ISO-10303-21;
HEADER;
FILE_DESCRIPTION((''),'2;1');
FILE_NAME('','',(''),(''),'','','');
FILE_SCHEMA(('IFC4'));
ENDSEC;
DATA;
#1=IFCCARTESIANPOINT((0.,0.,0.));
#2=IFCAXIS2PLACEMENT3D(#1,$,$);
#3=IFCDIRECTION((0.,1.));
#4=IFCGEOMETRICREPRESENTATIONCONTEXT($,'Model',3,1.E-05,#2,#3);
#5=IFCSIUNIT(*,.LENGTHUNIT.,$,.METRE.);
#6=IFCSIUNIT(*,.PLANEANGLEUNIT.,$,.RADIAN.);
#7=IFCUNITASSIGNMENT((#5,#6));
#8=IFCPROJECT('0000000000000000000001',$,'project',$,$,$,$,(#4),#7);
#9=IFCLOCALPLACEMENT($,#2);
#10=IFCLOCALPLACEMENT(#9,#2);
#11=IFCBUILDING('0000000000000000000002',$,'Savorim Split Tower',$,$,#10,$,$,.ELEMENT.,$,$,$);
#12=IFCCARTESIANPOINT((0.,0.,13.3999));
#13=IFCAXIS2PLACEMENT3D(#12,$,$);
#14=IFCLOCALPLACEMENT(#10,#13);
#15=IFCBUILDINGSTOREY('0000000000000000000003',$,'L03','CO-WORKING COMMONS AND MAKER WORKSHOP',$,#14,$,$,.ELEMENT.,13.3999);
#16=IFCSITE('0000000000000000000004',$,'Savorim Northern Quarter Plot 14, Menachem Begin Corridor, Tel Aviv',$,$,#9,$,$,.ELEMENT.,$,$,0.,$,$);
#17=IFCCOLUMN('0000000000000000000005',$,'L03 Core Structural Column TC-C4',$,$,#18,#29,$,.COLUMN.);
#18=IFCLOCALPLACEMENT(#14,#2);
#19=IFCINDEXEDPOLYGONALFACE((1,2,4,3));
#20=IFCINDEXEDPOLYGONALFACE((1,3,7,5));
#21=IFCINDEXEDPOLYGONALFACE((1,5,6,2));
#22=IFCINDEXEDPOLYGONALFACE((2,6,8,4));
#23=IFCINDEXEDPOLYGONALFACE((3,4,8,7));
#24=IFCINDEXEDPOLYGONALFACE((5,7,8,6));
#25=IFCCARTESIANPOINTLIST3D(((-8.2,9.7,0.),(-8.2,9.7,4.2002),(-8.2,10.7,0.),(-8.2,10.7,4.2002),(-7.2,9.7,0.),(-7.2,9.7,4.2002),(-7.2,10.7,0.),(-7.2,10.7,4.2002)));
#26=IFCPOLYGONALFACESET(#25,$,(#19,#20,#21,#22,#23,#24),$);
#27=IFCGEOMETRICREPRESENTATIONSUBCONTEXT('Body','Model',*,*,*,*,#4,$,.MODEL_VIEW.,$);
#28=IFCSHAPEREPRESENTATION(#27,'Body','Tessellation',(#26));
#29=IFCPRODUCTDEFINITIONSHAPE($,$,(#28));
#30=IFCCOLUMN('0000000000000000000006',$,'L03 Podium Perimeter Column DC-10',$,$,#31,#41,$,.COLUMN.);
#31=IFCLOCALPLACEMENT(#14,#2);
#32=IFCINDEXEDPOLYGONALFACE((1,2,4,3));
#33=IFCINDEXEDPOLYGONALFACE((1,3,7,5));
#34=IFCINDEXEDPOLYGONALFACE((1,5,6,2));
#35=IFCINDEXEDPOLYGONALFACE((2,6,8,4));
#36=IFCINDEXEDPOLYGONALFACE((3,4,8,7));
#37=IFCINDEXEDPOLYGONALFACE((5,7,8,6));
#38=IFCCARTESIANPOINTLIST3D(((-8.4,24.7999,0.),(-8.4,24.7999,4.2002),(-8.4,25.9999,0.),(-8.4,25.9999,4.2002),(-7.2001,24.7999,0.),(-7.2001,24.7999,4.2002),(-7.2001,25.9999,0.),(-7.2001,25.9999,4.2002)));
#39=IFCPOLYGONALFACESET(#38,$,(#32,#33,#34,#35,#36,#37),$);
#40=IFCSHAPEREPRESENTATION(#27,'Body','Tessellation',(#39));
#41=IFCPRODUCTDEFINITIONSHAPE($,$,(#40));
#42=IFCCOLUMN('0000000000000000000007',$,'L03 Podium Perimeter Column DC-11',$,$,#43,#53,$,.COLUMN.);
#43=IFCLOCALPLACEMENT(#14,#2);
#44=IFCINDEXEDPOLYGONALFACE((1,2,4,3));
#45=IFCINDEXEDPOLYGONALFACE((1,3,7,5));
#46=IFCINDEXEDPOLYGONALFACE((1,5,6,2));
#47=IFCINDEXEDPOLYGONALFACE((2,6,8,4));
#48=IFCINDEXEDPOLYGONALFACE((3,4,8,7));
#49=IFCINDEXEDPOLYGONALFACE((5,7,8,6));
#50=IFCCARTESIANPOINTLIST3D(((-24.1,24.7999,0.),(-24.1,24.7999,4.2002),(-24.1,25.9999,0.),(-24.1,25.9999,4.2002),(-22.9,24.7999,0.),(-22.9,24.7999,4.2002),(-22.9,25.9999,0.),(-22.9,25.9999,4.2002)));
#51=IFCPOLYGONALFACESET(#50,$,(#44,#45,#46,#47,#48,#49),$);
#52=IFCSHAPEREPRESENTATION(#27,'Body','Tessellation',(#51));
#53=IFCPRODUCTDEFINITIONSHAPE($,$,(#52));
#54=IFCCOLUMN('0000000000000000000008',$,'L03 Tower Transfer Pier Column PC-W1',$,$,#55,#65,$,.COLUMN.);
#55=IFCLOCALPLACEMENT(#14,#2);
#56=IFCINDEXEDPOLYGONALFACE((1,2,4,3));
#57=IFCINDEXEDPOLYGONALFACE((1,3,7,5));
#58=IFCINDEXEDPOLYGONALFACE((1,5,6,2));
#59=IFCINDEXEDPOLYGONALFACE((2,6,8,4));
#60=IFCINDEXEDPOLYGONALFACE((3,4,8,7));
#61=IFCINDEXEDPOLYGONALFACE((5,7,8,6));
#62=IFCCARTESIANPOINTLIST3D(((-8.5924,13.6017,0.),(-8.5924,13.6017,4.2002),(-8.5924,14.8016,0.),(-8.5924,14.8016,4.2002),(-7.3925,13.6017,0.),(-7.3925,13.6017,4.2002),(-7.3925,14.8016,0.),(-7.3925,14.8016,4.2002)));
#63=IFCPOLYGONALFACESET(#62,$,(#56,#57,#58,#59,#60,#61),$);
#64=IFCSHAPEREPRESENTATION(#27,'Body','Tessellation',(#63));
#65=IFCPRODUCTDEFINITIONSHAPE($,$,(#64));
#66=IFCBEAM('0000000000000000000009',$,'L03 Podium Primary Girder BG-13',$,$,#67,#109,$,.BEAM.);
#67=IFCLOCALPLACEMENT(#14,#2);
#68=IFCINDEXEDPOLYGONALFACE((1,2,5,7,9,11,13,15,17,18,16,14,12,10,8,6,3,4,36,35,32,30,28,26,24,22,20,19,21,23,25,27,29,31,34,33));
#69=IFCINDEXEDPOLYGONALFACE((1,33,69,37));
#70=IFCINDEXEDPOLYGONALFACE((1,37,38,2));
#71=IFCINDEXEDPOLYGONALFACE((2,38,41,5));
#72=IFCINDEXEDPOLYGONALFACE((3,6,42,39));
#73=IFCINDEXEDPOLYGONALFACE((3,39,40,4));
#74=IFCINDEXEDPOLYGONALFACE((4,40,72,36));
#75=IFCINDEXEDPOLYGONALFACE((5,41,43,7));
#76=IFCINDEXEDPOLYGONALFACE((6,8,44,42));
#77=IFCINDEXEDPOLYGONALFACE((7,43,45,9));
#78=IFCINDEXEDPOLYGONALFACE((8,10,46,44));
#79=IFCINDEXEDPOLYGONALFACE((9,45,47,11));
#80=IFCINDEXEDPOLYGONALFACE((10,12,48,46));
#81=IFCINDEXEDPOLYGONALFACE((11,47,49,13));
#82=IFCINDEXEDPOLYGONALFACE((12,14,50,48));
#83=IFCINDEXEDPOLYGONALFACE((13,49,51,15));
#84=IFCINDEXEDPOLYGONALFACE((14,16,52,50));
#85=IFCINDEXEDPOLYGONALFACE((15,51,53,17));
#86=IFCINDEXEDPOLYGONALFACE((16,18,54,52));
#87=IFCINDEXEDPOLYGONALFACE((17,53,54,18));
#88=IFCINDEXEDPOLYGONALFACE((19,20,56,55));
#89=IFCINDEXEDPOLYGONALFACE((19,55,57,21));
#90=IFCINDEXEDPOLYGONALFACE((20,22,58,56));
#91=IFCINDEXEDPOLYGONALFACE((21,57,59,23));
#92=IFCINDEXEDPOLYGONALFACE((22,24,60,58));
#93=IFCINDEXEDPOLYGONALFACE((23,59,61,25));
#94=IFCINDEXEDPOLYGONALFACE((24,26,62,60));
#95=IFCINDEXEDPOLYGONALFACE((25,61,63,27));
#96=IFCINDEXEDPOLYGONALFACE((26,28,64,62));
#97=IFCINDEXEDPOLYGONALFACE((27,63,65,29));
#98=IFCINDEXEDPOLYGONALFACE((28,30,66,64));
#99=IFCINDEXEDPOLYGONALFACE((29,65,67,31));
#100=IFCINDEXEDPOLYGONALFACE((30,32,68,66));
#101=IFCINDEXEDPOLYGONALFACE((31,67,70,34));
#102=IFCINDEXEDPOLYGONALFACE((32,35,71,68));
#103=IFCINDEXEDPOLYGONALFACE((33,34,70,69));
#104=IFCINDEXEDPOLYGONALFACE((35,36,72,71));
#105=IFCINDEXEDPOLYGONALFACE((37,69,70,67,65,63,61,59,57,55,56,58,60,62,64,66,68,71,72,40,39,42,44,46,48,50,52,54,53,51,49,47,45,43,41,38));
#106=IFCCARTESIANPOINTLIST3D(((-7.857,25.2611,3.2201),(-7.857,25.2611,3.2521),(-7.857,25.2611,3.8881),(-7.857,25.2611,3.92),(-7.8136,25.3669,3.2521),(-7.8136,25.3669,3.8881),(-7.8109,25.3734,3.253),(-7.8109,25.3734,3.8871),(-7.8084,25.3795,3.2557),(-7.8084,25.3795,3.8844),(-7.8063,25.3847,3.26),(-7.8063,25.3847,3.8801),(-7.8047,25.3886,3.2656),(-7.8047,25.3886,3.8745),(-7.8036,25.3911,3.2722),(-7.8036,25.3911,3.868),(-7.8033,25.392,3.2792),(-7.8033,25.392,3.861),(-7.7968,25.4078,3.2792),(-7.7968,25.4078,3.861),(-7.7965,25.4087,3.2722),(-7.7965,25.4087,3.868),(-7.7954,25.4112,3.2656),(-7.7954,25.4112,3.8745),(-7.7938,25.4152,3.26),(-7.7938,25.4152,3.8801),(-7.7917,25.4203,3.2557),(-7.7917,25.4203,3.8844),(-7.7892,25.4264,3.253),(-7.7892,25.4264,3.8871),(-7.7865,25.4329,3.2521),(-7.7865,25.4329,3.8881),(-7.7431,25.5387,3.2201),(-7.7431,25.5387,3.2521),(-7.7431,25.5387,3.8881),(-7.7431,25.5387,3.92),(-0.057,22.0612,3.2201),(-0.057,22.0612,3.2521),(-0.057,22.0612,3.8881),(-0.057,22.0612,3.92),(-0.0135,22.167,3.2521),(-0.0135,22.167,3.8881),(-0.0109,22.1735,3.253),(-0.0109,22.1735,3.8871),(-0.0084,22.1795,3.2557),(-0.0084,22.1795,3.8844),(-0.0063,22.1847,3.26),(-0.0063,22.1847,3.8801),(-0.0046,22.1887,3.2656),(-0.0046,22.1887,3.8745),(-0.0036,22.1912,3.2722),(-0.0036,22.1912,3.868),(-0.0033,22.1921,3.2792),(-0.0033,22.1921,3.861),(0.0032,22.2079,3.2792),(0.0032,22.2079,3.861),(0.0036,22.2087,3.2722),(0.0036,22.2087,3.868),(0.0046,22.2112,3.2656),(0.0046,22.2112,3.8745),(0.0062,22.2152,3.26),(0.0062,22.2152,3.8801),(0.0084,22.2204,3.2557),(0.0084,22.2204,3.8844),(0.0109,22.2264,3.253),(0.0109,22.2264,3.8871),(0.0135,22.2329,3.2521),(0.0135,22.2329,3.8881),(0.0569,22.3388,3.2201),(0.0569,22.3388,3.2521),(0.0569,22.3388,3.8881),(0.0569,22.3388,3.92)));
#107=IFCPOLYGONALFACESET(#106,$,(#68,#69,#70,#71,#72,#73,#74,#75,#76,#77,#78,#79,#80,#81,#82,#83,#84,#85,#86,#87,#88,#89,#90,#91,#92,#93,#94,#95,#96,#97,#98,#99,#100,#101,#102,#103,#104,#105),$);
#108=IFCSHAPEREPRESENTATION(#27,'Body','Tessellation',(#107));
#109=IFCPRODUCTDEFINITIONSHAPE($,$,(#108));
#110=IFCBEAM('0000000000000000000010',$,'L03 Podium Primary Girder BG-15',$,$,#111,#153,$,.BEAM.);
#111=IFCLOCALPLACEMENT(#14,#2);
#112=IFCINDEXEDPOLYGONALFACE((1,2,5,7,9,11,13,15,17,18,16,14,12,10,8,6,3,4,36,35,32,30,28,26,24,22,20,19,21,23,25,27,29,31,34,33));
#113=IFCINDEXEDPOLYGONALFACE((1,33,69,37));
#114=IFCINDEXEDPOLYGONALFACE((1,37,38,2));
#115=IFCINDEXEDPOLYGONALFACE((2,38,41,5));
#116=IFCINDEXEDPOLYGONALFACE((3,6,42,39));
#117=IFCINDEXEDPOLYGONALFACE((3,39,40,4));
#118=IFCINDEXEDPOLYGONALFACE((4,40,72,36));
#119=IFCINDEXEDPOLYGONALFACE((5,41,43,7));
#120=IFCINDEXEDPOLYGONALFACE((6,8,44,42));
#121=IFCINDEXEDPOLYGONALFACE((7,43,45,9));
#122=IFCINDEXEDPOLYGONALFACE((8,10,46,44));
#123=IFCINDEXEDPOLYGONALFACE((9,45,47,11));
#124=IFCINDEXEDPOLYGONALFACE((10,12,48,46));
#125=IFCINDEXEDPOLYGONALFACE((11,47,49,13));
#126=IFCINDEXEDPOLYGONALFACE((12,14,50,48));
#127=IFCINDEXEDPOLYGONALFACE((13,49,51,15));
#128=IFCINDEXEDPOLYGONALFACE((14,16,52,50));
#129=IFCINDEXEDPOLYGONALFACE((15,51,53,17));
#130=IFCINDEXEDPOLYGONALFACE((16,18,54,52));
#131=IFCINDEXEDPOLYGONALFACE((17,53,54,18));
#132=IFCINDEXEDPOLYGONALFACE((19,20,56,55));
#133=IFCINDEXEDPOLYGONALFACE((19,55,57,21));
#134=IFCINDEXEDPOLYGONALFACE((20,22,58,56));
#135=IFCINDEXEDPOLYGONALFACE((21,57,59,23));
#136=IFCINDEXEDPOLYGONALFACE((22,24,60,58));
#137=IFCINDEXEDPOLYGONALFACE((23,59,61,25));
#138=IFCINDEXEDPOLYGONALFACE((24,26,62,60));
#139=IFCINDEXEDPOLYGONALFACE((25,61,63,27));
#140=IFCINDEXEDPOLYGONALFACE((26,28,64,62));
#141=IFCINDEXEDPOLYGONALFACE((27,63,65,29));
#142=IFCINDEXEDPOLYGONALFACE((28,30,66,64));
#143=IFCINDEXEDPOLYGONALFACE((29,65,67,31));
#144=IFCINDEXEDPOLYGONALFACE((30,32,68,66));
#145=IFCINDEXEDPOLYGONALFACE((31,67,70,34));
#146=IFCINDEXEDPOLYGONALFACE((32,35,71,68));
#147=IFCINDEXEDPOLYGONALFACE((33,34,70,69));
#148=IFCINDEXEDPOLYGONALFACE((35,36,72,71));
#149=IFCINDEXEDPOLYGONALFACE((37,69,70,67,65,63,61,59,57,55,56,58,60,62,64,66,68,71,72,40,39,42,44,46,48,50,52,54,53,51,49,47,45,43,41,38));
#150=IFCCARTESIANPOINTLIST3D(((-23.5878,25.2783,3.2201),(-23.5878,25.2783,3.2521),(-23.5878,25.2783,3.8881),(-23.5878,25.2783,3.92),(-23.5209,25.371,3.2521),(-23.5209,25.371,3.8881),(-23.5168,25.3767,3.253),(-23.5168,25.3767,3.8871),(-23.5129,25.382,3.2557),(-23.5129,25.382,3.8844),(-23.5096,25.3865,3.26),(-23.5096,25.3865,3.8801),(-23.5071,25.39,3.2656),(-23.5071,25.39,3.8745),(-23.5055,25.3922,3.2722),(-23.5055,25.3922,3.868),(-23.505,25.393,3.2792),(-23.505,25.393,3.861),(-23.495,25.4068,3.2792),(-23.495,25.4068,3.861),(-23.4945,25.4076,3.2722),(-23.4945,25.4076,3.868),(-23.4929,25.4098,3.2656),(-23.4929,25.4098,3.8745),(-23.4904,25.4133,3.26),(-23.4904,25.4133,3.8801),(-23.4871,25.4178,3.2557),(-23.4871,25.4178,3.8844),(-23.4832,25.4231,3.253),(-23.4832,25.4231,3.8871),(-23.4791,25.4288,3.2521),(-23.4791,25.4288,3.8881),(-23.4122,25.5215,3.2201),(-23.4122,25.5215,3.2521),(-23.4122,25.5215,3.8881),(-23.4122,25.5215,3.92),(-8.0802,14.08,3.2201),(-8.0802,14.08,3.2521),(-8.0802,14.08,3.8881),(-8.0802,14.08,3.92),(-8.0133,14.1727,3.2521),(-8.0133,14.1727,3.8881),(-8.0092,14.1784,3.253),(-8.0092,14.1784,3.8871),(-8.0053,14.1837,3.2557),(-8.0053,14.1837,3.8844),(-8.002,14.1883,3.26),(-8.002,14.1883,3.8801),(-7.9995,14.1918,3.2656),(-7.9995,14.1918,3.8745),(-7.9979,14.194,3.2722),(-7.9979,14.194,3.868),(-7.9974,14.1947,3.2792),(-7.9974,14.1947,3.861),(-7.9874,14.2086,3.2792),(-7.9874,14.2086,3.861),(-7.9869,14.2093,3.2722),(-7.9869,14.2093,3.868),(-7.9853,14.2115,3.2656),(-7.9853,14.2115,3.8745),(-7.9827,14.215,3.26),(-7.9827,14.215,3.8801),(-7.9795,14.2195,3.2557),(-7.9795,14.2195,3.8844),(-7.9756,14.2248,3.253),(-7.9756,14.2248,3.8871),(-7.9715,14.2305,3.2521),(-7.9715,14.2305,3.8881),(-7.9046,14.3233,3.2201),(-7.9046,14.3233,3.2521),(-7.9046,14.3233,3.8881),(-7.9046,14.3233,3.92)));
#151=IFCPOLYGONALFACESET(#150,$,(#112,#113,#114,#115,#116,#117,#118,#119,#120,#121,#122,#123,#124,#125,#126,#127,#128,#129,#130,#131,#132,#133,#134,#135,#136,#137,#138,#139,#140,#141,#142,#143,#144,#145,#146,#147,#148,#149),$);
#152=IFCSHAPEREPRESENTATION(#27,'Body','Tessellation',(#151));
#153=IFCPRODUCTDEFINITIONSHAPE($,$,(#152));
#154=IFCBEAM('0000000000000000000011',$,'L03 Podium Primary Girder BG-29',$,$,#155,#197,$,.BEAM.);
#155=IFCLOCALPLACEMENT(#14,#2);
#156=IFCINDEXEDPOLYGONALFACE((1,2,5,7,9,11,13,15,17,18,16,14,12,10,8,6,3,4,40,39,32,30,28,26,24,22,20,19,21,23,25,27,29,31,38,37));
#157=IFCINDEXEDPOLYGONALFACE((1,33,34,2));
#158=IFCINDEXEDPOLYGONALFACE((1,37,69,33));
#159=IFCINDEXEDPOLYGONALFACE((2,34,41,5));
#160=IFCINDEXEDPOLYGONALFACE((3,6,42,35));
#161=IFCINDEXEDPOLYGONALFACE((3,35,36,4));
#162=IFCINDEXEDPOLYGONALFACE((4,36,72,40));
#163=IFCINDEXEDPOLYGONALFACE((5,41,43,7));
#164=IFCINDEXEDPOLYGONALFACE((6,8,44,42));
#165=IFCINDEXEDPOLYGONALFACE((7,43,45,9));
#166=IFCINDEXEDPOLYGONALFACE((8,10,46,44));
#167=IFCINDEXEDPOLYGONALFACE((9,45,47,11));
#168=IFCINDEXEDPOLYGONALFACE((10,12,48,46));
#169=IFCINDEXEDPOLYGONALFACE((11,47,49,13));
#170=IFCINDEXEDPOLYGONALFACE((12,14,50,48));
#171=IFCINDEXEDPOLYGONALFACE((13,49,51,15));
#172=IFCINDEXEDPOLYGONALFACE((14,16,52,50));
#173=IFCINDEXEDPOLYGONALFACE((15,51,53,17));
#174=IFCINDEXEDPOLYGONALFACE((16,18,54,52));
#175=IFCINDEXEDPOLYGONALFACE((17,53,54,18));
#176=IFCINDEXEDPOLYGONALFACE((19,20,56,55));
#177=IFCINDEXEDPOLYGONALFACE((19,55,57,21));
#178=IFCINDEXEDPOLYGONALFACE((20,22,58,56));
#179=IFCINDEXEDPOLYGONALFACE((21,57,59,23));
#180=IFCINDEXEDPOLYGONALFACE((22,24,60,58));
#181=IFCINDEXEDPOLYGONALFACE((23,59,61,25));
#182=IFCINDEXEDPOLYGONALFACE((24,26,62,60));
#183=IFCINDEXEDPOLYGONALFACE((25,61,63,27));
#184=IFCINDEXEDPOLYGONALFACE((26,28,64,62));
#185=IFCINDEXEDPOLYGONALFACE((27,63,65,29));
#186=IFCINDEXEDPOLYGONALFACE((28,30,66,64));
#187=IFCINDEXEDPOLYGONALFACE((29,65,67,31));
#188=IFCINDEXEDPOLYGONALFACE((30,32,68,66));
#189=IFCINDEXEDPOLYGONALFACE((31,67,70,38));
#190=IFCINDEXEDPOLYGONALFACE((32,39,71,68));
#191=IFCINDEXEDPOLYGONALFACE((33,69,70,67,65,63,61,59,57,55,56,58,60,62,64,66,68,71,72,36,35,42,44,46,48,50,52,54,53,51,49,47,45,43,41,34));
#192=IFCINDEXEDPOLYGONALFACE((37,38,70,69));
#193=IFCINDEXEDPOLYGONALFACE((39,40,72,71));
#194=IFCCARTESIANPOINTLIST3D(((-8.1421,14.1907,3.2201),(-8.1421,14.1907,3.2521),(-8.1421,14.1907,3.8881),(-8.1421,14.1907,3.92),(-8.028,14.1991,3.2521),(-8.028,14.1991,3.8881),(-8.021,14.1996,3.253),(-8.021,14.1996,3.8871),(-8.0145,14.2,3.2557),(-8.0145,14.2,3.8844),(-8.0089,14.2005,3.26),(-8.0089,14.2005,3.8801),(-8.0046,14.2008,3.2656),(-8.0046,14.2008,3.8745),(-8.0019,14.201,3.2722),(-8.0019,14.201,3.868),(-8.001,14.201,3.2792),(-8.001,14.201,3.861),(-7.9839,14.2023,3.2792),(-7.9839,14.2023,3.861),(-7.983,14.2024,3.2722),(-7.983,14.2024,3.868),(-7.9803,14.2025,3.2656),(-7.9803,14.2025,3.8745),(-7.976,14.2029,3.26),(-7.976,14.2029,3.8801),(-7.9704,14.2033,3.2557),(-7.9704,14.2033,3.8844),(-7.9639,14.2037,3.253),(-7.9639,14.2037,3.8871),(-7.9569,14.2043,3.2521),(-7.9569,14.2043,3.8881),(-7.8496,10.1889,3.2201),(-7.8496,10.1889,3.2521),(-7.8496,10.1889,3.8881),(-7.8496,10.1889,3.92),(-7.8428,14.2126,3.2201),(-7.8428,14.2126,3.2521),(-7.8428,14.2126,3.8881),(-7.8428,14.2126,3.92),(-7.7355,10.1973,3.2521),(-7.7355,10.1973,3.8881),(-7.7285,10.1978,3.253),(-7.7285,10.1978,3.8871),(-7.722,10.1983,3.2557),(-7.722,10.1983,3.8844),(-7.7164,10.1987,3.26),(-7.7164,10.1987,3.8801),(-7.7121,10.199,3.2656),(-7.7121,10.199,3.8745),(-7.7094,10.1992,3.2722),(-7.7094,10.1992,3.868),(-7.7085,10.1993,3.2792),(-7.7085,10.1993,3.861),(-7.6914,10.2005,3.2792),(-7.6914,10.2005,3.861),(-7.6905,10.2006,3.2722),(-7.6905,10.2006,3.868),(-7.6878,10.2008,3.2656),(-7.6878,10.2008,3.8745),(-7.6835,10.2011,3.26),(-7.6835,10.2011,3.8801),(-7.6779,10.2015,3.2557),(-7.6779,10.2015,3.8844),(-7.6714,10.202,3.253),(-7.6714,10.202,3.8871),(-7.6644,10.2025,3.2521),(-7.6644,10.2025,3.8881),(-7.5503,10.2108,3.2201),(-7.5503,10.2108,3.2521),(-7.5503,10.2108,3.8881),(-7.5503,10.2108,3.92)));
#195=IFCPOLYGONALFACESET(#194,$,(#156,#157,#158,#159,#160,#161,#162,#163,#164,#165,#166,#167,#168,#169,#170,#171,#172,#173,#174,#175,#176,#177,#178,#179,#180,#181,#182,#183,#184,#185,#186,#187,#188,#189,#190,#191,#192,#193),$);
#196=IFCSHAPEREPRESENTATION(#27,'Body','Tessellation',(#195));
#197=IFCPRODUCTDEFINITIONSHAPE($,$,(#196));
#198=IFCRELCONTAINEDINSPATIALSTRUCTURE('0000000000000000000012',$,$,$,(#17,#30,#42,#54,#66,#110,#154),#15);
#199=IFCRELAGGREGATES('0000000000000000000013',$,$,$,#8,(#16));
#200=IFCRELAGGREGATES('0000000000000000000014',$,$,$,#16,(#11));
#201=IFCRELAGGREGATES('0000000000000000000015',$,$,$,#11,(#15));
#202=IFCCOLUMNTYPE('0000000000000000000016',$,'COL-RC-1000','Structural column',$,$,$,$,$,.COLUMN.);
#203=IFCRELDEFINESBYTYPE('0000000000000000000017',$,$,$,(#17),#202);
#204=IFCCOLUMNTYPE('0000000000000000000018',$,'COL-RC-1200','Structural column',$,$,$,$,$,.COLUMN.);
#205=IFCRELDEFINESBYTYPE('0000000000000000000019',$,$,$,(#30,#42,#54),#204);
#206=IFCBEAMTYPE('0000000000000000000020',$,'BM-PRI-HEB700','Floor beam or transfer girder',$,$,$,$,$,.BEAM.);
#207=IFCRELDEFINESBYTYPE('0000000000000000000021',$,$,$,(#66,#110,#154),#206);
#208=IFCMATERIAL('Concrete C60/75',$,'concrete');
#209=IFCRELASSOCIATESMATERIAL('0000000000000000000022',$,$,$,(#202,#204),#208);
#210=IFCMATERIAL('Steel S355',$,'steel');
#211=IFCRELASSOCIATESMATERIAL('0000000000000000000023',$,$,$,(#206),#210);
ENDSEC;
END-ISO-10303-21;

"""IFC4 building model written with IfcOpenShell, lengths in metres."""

from ifc_helpers import new_model, si_unit, direction, frame, origin, origin_2d, place, context, subcontext, project, spatial, rectangle, i_section, extrude, material, material_profile, profile_set, type_object, element, save


model = new_model("IFC4")

# Units and contexts
model_context = context("Model", 3, precision=1e-05, world=origin(), true_north=direction((0.0, 1.0)))
body_context = subcontext(model_context, "Body", "Model", "MODEL_VIEW")
ifc_project = project(units=[si_unit("LENGTHUNIT", "METRE"), si_unit("PLANEANGLEUNIT", "RADIAN")], contexts=[model_context])

# Site, building, storey
site_placement = place(None, origin())
site = spatial("IfcSite", under=ifc_project, at=site_placement, Name="Savorim Northern Quarter Plot 14, Menachem Begin Corridor, Tel Aviv", CompositionType="ELEMENT", RefElevation=0.0)
building_placement = place(site_placement, origin())
building = spatial("IfcBuilding", under=site, at=building_placement, Name="Savorim Split Tower", CompositionType="ELEMENT")
storey_placement = place(building_placement, frame((0.0, 0.0, 13.3999)))
storey = spatial("IfcBuildingStorey", under=building, at=storey_placement, Name="L03", Description="CO-WORKING COMMONS AND MAKER WORKSHOP", CompositionType="ELEMENT", Elevation=13.3999)

# Columns
ifc_material_1 = material(Name="Concrete C60/75", Category="concrete")
ifc_material_profile_1 = material_profile(ifc_material_1, rectangle(XDim=1.0, YDim=1.0, at=origin_2d()), Name="RC 1000x1000")
ifc_profile_set_1 = profile_set([ifc_material_profile_1], Name="Concrete C60/75")
column_type_1 = type_object("IfcColumnType", Name="COL-RC-1000", Description="Structural column", PredefinedType="COLUMN", material=ifc_profile_set_1)
column_placement = place(storey_placement, frame((-7.7, 10.2, 0.0), z_axis=(0.0, 0.0, 1.0), x_axis=(1.0, 0.0, 0.0)))
element("IfcColumn", 1, at=column_placement, inside=storey, type_object=column_type_1, Name="L03 Core Structural Column TC-C4", PredefinedType="COLUMN", context=body_context, shape_type="SweptSolid", body=[
    extrude(rectangle(XDim=1.0, YDim=1.0, at=origin_2d()), origin(), (0.0, 0.0, 1.0), 4.2002),
])
ifc_material_profile_2 = material_profile(ifc_material_1, rectangle(XDim=1.2, YDim=1.2, at=origin_2d()), Name="RC 1200x1200")
ifc_profile_set_2 = profile_set([ifc_material_profile_2], Name="Concrete C60/75")
column_type_2 = type_object("IfcColumnType", Name="COL-RC-1200", Description="Structural column", PredefinedType="COLUMN", material=ifc_profile_set_2)
for number, where, z_axis, x_axis, name in (
    (2, (-7.8, 25.3999, 0.0), (0.0, 0.0, 1.0), (1.0, 0.0, 0.0), "L03 Podium Perimeter Column DC-10"),
    (3, (-23.5, 25.3999, 0.0), (0.0, 0.0, 1.0), (1.0, 0.0, 0.0), "L03 Podium Perimeter Column DC-11"),
    (4, (-7.9924, 14.2017, 0.0), (0.0, 0.0, 1.0), (1.0, 0.0, 0.0), "L03 Tower Transfer Pier Column PC-W1"),
):
    element("IfcColumn", number, at=place(storey_placement, frame(where, z_axis=z_axis, x_axis=x_axis)), inside=storey, type_object=column_type_2, Name=name, PredefinedType="COLUMN", context=body_context, shape_type="SweptSolid", body=[
        extrude(rectangle(XDim=1.2, YDim=1.2, at=origin_2d()), origin(), (0.0, 0.0, 1.0), 4.2002),
    ])

# Beams
ifc_material_2 = material(Name="Steel S355", Category="steel")
ifc_material_profile_3 = material_profile(ifc_material_2, i_section(OverallWidth=0.3, OverallDepth=0.7, WebThickness=0.0171, FlangeThickness=0.032, FilletRadius=0.0271, at=origin_2d()), Name="HEB 700")
ifc_profile_set_3 = profile_set([ifc_material_profile_3], Name="Steel S355")
beam_type_1 = type_object("IfcBeamType", Name="BM-PRI-HEB700", Description="Floor beam or transfer girder", PredefinedType="BEAM", material=ifc_profile_set_3)
beam_1_placement = place(storey_placement, frame((-7.8, 25.3999, 3.5701), z_axis=(0.925171, -0.379549, 0.0), x_axis=(0.379549, 0.925171, 0.0)))
element("IfcBeam", 5, at=beam_1_placement, inside=storey, type_object=beam_type_1, Name="L03 Podium Primary Girder BG-13", PredefinedType="BEAM", context=body_context, shape_type="SweptSolid", body=[
    extrude(i_section(OverallWidth=0.3, OverallDepth=0.7, WebThickness=0.0171, FlangeThickness=0.032, FilletRadius=0.0271, at=origin_2d()), origin(), (0.0, 0.0, 1.0), 8.4309),
])
beam_2_placement = place(storey_placement, frame((-23.5, 25.3999, 3.5701), z_axis=(0.810721, -0.585433, 0.0), x_axis=(0.585433, 0.810721, 0.0)))
element("IfcBeam", 6, at=beam_2_placement, inside=storey, type_object=beam_type_1, Name="L03 Podium Primary Girder BG-15", PredefinedType="BEAM", context=body_context, shape_type="SweptSolid", body=[
    extrude(i_section(OverallWidth=0.3, OverallDepth=0.7, WebThickness=0.0171, FlangeThickness=0.032, FilletRadius=0.0271, at=origin_2d()), origin(), (0.0, 0.0, 1.0), 19.1282),
])
beam_3_placement = place(storey_placement, frame((-7.9924, 14.2017, 3.5701), z_axis=(0.072894, -0.99734, 0.0), x_axis=(0.99734, 0.072894, 0.0)))
element("IfcBeam", 7, at=beam_3_placement, inside=storey, type_object=beam_type_1, Name="L03 Podium Primary Girder BG-29", PredefinedType="BEAM", context=body_context, shape_type="SweptSolid", body=[
    extrude(i_section(OverallWidth=0.3, OverallDepth=0.7, WebThickness=0.0171, FlangeThickness=0.032, FilletRadius=0.0271, at=origin_2d()), origin(), (0.0, 0.0, 1.0), 4.0125),
])

save(model, "model.ifc")
